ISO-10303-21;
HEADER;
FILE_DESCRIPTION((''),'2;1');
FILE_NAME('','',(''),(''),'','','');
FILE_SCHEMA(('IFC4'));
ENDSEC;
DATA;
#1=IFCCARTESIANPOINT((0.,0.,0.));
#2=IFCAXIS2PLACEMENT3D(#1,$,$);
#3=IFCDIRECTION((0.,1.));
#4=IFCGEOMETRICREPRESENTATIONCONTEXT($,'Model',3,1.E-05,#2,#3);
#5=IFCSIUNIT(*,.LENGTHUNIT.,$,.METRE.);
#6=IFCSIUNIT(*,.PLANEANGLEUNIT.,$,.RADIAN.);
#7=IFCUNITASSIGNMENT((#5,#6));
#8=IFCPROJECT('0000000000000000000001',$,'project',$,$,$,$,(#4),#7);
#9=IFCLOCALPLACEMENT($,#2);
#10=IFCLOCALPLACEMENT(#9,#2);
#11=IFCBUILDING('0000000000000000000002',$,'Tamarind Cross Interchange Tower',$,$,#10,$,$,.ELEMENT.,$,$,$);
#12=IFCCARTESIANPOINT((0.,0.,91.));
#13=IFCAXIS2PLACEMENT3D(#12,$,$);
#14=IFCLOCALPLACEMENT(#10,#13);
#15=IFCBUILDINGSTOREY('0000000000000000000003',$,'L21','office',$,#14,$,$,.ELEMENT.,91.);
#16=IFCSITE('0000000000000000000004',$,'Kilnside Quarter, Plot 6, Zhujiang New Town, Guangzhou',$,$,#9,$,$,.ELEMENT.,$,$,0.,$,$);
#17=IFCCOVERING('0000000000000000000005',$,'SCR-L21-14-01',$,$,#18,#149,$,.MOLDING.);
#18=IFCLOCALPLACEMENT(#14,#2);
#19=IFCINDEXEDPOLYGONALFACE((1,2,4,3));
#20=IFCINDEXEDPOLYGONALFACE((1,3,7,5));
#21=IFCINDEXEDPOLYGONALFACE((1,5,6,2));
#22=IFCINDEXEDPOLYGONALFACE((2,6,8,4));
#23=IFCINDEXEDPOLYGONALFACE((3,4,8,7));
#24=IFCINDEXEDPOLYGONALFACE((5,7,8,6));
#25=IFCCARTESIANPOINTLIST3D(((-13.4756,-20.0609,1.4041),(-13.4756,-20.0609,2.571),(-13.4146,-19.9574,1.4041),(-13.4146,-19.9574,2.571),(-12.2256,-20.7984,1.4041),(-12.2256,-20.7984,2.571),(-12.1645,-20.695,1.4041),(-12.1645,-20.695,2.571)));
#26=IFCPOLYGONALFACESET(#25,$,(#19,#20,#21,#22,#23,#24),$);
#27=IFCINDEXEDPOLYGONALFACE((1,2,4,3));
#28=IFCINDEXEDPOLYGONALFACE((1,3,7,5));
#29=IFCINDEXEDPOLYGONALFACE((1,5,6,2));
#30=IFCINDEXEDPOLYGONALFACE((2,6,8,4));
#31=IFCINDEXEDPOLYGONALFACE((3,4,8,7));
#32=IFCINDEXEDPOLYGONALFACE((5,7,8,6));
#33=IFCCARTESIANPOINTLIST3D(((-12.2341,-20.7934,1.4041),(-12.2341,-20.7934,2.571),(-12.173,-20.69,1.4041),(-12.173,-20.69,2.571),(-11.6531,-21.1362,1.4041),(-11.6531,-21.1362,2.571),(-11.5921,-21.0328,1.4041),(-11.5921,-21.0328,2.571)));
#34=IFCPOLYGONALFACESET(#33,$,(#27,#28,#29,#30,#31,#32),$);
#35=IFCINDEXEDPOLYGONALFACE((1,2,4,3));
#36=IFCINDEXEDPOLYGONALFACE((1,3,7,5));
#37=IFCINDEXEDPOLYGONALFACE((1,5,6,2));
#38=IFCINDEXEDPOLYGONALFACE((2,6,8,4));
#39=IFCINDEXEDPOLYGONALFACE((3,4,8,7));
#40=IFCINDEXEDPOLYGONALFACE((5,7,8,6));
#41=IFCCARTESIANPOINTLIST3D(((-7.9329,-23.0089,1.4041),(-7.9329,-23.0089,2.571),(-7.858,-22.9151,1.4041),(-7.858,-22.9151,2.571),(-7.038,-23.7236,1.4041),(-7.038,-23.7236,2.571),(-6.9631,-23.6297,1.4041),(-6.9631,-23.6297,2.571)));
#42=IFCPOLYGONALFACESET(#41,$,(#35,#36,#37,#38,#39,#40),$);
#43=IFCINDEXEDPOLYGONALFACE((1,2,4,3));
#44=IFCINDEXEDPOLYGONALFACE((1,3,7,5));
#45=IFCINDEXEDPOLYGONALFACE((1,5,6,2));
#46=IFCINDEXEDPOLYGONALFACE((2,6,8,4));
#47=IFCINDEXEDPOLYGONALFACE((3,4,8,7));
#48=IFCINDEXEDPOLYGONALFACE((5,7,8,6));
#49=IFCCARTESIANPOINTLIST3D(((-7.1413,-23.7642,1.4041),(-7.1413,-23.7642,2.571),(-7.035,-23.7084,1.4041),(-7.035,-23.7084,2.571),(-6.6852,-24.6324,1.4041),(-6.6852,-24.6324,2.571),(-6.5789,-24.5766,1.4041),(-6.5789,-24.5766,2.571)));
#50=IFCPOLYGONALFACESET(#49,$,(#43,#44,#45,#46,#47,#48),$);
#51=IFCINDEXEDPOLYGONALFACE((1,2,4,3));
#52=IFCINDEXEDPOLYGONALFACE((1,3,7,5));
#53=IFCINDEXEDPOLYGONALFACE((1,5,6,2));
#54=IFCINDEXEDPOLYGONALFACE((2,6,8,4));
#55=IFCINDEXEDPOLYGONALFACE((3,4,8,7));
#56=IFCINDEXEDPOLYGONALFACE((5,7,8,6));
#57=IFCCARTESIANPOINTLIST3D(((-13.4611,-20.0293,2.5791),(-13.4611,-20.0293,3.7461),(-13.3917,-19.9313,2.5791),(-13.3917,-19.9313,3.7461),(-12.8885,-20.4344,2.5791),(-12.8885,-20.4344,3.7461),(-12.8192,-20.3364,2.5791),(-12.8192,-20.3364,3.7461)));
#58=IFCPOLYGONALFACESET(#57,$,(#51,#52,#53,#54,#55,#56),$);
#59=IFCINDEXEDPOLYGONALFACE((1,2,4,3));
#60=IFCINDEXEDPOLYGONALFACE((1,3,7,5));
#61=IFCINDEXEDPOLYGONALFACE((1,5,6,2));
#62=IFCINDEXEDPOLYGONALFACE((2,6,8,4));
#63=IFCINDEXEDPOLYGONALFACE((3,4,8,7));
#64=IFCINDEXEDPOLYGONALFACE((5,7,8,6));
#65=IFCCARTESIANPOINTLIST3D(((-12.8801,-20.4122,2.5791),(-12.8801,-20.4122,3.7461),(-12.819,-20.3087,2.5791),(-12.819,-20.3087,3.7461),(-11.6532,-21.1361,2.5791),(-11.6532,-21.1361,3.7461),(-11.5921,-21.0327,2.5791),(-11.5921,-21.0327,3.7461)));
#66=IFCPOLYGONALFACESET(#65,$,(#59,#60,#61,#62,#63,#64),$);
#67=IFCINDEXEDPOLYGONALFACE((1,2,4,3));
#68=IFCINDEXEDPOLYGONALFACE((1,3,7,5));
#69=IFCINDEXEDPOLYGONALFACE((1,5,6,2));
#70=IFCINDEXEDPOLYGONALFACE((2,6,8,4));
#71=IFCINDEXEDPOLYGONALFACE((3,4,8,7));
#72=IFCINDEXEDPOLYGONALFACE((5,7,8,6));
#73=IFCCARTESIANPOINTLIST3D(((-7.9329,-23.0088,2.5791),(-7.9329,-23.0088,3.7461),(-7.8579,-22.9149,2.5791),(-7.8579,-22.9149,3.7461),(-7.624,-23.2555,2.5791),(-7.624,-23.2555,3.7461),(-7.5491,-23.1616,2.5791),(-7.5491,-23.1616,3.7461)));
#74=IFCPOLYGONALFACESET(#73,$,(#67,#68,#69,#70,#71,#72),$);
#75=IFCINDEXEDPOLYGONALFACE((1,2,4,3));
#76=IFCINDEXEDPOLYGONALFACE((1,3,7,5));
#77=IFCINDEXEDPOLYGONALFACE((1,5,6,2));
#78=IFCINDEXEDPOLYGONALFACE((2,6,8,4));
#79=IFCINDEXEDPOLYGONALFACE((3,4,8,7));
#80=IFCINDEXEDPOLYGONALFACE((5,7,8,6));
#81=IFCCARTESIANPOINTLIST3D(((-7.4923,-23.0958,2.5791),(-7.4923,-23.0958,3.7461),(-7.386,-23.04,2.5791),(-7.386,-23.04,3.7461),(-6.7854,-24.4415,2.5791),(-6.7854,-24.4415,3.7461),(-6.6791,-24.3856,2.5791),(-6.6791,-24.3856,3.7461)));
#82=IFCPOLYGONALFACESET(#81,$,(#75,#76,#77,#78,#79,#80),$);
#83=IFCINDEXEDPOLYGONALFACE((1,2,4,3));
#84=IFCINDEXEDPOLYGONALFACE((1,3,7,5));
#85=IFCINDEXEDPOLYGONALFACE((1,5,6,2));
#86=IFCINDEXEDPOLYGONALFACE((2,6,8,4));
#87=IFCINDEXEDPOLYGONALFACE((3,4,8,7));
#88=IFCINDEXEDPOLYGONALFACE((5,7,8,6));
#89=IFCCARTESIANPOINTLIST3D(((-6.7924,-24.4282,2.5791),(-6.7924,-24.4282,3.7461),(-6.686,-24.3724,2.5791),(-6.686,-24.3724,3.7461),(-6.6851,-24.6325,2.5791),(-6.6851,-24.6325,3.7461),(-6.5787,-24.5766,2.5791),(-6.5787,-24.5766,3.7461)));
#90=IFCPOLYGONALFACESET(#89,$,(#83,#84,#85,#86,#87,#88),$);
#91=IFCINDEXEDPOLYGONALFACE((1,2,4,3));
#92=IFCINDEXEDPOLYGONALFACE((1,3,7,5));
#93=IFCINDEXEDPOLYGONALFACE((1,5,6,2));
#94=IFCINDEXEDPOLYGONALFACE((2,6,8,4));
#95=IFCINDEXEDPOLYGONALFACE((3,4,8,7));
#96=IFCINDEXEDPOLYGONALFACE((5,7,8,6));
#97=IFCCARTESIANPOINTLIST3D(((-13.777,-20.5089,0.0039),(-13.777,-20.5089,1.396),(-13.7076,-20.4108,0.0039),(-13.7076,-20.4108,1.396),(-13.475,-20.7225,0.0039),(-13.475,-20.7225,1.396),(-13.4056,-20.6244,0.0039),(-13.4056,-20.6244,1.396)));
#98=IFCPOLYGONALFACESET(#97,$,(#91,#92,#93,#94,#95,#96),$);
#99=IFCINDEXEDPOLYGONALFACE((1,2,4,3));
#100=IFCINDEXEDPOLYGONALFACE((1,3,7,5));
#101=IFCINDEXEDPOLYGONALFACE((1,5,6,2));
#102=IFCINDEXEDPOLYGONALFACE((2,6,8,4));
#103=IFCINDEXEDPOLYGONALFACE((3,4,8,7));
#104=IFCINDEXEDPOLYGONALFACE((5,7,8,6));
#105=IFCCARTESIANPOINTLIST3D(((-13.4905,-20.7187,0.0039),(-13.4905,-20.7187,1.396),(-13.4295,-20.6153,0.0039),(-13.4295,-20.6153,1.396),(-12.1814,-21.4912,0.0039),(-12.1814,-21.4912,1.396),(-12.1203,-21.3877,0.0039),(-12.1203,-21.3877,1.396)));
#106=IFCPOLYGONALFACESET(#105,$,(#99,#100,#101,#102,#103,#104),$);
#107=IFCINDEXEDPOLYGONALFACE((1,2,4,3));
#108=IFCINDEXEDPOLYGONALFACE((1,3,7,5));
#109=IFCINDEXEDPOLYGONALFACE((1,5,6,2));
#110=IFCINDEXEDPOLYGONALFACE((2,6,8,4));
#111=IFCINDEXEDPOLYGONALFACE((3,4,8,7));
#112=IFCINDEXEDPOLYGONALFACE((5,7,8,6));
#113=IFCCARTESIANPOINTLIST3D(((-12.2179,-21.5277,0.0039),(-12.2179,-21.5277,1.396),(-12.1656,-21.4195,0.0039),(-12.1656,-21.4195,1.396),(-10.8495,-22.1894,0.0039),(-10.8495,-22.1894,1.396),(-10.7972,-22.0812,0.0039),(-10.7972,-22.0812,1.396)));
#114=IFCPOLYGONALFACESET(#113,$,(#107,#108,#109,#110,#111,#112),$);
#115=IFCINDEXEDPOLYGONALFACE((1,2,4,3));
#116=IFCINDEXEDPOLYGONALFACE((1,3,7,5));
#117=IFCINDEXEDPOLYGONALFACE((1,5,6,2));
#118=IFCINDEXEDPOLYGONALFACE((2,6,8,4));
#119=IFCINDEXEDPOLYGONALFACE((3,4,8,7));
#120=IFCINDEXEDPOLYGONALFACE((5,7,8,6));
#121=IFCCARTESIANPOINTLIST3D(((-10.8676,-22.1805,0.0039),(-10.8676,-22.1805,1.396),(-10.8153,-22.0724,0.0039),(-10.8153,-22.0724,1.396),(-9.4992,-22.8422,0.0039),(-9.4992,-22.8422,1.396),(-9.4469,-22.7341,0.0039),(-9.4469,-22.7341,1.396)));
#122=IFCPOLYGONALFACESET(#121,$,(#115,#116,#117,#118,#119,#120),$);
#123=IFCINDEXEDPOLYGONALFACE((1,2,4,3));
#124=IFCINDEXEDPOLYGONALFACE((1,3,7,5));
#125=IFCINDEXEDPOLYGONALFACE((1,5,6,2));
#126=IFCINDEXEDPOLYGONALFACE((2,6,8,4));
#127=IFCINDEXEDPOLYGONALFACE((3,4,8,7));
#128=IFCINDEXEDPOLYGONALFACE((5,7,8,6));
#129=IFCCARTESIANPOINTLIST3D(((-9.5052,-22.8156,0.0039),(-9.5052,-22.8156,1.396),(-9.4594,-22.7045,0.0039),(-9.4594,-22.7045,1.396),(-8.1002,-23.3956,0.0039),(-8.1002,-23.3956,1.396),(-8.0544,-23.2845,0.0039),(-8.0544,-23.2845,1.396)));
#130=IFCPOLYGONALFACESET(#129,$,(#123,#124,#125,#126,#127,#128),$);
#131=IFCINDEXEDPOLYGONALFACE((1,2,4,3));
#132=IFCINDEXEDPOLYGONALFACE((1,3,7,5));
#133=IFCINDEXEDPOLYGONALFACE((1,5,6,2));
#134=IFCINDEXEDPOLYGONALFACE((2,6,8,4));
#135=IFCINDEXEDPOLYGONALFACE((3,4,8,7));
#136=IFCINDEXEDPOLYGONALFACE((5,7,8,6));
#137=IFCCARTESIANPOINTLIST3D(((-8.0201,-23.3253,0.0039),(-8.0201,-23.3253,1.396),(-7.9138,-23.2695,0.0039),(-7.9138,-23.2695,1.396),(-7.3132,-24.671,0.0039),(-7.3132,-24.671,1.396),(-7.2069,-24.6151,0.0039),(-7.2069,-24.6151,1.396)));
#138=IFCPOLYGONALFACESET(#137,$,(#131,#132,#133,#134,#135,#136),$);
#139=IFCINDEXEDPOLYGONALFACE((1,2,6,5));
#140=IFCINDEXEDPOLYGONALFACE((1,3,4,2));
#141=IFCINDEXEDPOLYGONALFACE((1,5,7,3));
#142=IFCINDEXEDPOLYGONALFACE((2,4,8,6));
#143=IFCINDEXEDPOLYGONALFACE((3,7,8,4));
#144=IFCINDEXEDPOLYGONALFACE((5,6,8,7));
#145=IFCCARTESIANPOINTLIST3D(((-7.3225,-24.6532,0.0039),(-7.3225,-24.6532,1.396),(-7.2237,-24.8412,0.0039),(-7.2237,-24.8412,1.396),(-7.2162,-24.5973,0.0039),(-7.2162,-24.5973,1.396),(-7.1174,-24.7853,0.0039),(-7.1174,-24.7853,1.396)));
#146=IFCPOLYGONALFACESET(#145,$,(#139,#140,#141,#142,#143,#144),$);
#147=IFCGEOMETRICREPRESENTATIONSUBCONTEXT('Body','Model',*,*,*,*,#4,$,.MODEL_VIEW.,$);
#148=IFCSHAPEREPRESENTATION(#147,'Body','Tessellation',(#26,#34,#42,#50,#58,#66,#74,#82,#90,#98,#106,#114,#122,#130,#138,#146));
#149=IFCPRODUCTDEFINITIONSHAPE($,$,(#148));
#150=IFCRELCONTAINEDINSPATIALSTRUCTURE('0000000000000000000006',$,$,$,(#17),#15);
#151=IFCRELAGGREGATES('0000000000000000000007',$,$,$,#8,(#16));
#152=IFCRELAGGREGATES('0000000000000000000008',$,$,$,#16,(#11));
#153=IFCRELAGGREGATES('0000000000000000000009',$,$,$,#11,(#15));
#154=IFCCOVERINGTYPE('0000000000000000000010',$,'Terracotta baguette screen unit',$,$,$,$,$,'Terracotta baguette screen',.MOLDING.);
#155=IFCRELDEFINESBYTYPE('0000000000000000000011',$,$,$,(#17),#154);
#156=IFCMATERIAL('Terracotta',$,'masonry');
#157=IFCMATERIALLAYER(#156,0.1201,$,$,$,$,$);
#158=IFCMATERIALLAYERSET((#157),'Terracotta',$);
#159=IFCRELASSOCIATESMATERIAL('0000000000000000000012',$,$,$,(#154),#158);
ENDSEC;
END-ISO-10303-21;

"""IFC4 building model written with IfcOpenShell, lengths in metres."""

from ifc_helpers import new_model, si_unit, direction, frame, origin, origin_2d, place, context, subcontext, project, spatial, rectangle, extrude, material, layer, layer_set, type_object, element, save


model = new_model("IFC4")

# Units and contexts
model_context = context("Model", 3, precision=1e-05, world=origin(), true_north=direction((0.0, 1.0)))
body_context = subcontext(model_context, "Body", "Model", "MODEL_VIEW")
ifc_project = project(units=[si_unit("LENGTHUNIT", "METRE"), si_unit("PLANEANGLEUNIT", "RADIAN")], contexts=[model_context])

# Site, building, storey
site_placement = place(None, origin())
site = spatial("IfcSite", under=ifc_project, at=site_placement, Name="Kilnside Quarter, Plot 6, Zhujiang New Town, Guangzhou", CompositionType="ELEMENT", RefElevation=0.0)
building_placement = place(site_placement, origin())
building = spatial("IfcBuilding", under=site, at=building_placement, Name="Tamarind Cross Interchange Tower", CompositionType="ELEMENT")
storey_placement = place(building_placement, frame((0.0, 0.0, 91.0)))
storey = spatial("IfcBuildingStorey", under=building, at=storey_placement, Name="L21", Description="office", CompositionType="ELEMENT", Elevation=91.0)

# Covering
ifc_material_1 = material(Name="Terracotta", Category="masonry")
ifc_layer_1 = layer(ifc_material_1, 0.1201)
ifc_layer_set_1 = layer_set([ifc_layer_1], Name="Terracotta")
covering_type = type_object("IfcCoveringType", Name="Terracotta baguette screen unit", ElementType="Terracotta baguette screen", PredefinedType="MOLDING", material=ifc_layer_set_1)
covering_1_placement = place(storey_placement, origin())
element("IfcCovering", 1, at=covering_1_placement, inside=storey, type_object=covering_type, Name="SCR-L21-14-01", PredefinedType="MOLDING", context=body_context, shape_type="SweptSolid", body=[
    extrude(rectangle(XDim=1.4514, YDim=0.1201, at=origin_2d()), frame((-12.8201, -20.3779, 1.4041), z_axis=(0.0, 0.0, 1.0), x_axis=(0.861249, -0.508183, 0.0)), (0.0, 0.0, 1.0), 1.167),
    extrude(rectangle(XDim=0.6746, YDim=0.1201, at=origin_2d()), frame((-11.9131, -20.9131, 1.4041), z_axis=(0.0, 0.0, 1.0), x_axis=(0.861249, -0.508183, 0.0)), (0.0, 0.0, 1.0), 1.167),
    extrude(rectangle(XDim=1.1453, YDim=0.1201, at=origin_2d()), frame((-7.448, -23.3193, 1.4041), z_axis=(0.0, 0.0, 1.0), x_axis=(0.781409, -0.62402, 0.0)), (0.0, 0.0, 1.0), 1.167),
    extrude(rectangle(XDim=0.9807, YDim=0.1201, at=origin_2d()), frame((-6.8601, -24.1704, 1.4041), z_axis=(0.0, 0.0, 1.0), x_axis=(0.465062, -0.885278, 0.0)), (0.0, 0.0, 1.0), 1.167),
    extrude(rectangle(XDim=0.7014, YDim=0.1201, at=origin_2d()), frame((-13.1401, -20.1829, 2.5791), z_axis=(0.0, 0.0, 1.0), x_axis=(0.816342, -0.577569, 0.0)), (0.0, 0.0, 1.0), 1.167),
    extrude(rectangle(XDim=1.4246, YDim=0.1201, at=origin_2d()), frame((-12.2361, -20.7224, 2.5791), z_axis=(0.0, 0.0, 1.0), x_axis=(0.861249, -0.508183, 0.0)), (0.0, 0.0, 1.0), 1.167),
    extrude(rectangle(XDim=0.3953, YDim=0.1201, at=origin_2d()), frame((-7.741, -23.0852, 2.5791), z_axis=(0.0, 0.0, 1.0), x_axis=(0.781409, -0.62402, 0.0)), (0.0, 0.0, 1.0), 1.167),
    extrude(rectangle(XDim=1.52, YDim=0.1201, at=origin_2d()), frame((-7.0857, -23.7407, 2.5791), z_axis=(0.0, 0.0, 1.0), x_axis=(0.465062, -0.885278, 0.0)), (0.0, 0.0, 1.0), 1.167),
    extrude(rectangle(XDim=0.2307, YDim=0.1201, at=origin_2d()), frame((-6.6855, -24.5024, 2.5791), z_axis=(0.0, 0.0, 1.0), x_axis=(0.465062, -0.885278, 0.0)), (0.0, 0.0, 1.0), 1.167),
    extrude(rectangle(XDim=0.3699, YDim=0.1201, at=origin_2d()), frame((-13.5913, -20.5667, 0.0039), z_axis=(0.0, 0.0, 1.0), x_axis=(0.816342, -0.577569, 0.0)), (0.0, 0.0, 1.0), 1.3921),
    extrude(rectangle(XDim=1.52, YDim=0.1201, at=origin_2d()), frame((-12.8054, -21.0532, 0.0039), z_axis=(0.0, 0.0, 1.0), x_axis=(0.861249, -0.508183, 0.0)), (0.0, 0.0, 1.0), 1.3921),
    extrude(rectangle(XDim=1.52, YDim=0.1201, at=origin_2d()), frame((-11.5076, -21.8044, 0.0039), z_axis=(0.0, 0.0, 1.0), x_axis=(0.900273, -0.435326, 0.0)), (0.0, 0.0, 1.0), 1.3921),
    extrude(rectangle(XDim=1.52, YDim=0.1201, at=origin_2d()), frame((-10.1572, -22.4573, 0.0039), z_axis=(0.0, 0.0, 1.0), x_axis=(0.900273, -0.435326, 0.0)), (0.0, 0.0, 1.0), 1.3921),
    extrude(rectangle(XDim=1.52, YDim=0.1201, at=origin_2d()), frame((-8.7798, -23.05, 0.0039), z_axis=(0.0, 0.0, 1.0), x_axis=(0.924338, -0.381575, 0.0)), (0.0, 0.0, 1.0), 1.3921),
    extrude(rectangle(XDim=1.52, YDim=0.1201, at=origin_2d()), frame((-7.6135, -23.9702, 0.0039), z_axis=(0.0, 0.0, 1.0), x_axis=(0.465062, -0.885278, 0.0)), (0.0, 0.0, 1.0), 1.3921),
    extrude(rectangle(XDim=0.2124, YDim=0.1201, at=origin_2d()), frame((-7.22, -24.7192, 0.0039), z_axis=(0.0, 0.0, 1.0), x_axis=(0.465062, -0.885278, 0.0)), (0.0, 0.0, 1.0), 1.3921),
])

save(model, "model.ifc")
